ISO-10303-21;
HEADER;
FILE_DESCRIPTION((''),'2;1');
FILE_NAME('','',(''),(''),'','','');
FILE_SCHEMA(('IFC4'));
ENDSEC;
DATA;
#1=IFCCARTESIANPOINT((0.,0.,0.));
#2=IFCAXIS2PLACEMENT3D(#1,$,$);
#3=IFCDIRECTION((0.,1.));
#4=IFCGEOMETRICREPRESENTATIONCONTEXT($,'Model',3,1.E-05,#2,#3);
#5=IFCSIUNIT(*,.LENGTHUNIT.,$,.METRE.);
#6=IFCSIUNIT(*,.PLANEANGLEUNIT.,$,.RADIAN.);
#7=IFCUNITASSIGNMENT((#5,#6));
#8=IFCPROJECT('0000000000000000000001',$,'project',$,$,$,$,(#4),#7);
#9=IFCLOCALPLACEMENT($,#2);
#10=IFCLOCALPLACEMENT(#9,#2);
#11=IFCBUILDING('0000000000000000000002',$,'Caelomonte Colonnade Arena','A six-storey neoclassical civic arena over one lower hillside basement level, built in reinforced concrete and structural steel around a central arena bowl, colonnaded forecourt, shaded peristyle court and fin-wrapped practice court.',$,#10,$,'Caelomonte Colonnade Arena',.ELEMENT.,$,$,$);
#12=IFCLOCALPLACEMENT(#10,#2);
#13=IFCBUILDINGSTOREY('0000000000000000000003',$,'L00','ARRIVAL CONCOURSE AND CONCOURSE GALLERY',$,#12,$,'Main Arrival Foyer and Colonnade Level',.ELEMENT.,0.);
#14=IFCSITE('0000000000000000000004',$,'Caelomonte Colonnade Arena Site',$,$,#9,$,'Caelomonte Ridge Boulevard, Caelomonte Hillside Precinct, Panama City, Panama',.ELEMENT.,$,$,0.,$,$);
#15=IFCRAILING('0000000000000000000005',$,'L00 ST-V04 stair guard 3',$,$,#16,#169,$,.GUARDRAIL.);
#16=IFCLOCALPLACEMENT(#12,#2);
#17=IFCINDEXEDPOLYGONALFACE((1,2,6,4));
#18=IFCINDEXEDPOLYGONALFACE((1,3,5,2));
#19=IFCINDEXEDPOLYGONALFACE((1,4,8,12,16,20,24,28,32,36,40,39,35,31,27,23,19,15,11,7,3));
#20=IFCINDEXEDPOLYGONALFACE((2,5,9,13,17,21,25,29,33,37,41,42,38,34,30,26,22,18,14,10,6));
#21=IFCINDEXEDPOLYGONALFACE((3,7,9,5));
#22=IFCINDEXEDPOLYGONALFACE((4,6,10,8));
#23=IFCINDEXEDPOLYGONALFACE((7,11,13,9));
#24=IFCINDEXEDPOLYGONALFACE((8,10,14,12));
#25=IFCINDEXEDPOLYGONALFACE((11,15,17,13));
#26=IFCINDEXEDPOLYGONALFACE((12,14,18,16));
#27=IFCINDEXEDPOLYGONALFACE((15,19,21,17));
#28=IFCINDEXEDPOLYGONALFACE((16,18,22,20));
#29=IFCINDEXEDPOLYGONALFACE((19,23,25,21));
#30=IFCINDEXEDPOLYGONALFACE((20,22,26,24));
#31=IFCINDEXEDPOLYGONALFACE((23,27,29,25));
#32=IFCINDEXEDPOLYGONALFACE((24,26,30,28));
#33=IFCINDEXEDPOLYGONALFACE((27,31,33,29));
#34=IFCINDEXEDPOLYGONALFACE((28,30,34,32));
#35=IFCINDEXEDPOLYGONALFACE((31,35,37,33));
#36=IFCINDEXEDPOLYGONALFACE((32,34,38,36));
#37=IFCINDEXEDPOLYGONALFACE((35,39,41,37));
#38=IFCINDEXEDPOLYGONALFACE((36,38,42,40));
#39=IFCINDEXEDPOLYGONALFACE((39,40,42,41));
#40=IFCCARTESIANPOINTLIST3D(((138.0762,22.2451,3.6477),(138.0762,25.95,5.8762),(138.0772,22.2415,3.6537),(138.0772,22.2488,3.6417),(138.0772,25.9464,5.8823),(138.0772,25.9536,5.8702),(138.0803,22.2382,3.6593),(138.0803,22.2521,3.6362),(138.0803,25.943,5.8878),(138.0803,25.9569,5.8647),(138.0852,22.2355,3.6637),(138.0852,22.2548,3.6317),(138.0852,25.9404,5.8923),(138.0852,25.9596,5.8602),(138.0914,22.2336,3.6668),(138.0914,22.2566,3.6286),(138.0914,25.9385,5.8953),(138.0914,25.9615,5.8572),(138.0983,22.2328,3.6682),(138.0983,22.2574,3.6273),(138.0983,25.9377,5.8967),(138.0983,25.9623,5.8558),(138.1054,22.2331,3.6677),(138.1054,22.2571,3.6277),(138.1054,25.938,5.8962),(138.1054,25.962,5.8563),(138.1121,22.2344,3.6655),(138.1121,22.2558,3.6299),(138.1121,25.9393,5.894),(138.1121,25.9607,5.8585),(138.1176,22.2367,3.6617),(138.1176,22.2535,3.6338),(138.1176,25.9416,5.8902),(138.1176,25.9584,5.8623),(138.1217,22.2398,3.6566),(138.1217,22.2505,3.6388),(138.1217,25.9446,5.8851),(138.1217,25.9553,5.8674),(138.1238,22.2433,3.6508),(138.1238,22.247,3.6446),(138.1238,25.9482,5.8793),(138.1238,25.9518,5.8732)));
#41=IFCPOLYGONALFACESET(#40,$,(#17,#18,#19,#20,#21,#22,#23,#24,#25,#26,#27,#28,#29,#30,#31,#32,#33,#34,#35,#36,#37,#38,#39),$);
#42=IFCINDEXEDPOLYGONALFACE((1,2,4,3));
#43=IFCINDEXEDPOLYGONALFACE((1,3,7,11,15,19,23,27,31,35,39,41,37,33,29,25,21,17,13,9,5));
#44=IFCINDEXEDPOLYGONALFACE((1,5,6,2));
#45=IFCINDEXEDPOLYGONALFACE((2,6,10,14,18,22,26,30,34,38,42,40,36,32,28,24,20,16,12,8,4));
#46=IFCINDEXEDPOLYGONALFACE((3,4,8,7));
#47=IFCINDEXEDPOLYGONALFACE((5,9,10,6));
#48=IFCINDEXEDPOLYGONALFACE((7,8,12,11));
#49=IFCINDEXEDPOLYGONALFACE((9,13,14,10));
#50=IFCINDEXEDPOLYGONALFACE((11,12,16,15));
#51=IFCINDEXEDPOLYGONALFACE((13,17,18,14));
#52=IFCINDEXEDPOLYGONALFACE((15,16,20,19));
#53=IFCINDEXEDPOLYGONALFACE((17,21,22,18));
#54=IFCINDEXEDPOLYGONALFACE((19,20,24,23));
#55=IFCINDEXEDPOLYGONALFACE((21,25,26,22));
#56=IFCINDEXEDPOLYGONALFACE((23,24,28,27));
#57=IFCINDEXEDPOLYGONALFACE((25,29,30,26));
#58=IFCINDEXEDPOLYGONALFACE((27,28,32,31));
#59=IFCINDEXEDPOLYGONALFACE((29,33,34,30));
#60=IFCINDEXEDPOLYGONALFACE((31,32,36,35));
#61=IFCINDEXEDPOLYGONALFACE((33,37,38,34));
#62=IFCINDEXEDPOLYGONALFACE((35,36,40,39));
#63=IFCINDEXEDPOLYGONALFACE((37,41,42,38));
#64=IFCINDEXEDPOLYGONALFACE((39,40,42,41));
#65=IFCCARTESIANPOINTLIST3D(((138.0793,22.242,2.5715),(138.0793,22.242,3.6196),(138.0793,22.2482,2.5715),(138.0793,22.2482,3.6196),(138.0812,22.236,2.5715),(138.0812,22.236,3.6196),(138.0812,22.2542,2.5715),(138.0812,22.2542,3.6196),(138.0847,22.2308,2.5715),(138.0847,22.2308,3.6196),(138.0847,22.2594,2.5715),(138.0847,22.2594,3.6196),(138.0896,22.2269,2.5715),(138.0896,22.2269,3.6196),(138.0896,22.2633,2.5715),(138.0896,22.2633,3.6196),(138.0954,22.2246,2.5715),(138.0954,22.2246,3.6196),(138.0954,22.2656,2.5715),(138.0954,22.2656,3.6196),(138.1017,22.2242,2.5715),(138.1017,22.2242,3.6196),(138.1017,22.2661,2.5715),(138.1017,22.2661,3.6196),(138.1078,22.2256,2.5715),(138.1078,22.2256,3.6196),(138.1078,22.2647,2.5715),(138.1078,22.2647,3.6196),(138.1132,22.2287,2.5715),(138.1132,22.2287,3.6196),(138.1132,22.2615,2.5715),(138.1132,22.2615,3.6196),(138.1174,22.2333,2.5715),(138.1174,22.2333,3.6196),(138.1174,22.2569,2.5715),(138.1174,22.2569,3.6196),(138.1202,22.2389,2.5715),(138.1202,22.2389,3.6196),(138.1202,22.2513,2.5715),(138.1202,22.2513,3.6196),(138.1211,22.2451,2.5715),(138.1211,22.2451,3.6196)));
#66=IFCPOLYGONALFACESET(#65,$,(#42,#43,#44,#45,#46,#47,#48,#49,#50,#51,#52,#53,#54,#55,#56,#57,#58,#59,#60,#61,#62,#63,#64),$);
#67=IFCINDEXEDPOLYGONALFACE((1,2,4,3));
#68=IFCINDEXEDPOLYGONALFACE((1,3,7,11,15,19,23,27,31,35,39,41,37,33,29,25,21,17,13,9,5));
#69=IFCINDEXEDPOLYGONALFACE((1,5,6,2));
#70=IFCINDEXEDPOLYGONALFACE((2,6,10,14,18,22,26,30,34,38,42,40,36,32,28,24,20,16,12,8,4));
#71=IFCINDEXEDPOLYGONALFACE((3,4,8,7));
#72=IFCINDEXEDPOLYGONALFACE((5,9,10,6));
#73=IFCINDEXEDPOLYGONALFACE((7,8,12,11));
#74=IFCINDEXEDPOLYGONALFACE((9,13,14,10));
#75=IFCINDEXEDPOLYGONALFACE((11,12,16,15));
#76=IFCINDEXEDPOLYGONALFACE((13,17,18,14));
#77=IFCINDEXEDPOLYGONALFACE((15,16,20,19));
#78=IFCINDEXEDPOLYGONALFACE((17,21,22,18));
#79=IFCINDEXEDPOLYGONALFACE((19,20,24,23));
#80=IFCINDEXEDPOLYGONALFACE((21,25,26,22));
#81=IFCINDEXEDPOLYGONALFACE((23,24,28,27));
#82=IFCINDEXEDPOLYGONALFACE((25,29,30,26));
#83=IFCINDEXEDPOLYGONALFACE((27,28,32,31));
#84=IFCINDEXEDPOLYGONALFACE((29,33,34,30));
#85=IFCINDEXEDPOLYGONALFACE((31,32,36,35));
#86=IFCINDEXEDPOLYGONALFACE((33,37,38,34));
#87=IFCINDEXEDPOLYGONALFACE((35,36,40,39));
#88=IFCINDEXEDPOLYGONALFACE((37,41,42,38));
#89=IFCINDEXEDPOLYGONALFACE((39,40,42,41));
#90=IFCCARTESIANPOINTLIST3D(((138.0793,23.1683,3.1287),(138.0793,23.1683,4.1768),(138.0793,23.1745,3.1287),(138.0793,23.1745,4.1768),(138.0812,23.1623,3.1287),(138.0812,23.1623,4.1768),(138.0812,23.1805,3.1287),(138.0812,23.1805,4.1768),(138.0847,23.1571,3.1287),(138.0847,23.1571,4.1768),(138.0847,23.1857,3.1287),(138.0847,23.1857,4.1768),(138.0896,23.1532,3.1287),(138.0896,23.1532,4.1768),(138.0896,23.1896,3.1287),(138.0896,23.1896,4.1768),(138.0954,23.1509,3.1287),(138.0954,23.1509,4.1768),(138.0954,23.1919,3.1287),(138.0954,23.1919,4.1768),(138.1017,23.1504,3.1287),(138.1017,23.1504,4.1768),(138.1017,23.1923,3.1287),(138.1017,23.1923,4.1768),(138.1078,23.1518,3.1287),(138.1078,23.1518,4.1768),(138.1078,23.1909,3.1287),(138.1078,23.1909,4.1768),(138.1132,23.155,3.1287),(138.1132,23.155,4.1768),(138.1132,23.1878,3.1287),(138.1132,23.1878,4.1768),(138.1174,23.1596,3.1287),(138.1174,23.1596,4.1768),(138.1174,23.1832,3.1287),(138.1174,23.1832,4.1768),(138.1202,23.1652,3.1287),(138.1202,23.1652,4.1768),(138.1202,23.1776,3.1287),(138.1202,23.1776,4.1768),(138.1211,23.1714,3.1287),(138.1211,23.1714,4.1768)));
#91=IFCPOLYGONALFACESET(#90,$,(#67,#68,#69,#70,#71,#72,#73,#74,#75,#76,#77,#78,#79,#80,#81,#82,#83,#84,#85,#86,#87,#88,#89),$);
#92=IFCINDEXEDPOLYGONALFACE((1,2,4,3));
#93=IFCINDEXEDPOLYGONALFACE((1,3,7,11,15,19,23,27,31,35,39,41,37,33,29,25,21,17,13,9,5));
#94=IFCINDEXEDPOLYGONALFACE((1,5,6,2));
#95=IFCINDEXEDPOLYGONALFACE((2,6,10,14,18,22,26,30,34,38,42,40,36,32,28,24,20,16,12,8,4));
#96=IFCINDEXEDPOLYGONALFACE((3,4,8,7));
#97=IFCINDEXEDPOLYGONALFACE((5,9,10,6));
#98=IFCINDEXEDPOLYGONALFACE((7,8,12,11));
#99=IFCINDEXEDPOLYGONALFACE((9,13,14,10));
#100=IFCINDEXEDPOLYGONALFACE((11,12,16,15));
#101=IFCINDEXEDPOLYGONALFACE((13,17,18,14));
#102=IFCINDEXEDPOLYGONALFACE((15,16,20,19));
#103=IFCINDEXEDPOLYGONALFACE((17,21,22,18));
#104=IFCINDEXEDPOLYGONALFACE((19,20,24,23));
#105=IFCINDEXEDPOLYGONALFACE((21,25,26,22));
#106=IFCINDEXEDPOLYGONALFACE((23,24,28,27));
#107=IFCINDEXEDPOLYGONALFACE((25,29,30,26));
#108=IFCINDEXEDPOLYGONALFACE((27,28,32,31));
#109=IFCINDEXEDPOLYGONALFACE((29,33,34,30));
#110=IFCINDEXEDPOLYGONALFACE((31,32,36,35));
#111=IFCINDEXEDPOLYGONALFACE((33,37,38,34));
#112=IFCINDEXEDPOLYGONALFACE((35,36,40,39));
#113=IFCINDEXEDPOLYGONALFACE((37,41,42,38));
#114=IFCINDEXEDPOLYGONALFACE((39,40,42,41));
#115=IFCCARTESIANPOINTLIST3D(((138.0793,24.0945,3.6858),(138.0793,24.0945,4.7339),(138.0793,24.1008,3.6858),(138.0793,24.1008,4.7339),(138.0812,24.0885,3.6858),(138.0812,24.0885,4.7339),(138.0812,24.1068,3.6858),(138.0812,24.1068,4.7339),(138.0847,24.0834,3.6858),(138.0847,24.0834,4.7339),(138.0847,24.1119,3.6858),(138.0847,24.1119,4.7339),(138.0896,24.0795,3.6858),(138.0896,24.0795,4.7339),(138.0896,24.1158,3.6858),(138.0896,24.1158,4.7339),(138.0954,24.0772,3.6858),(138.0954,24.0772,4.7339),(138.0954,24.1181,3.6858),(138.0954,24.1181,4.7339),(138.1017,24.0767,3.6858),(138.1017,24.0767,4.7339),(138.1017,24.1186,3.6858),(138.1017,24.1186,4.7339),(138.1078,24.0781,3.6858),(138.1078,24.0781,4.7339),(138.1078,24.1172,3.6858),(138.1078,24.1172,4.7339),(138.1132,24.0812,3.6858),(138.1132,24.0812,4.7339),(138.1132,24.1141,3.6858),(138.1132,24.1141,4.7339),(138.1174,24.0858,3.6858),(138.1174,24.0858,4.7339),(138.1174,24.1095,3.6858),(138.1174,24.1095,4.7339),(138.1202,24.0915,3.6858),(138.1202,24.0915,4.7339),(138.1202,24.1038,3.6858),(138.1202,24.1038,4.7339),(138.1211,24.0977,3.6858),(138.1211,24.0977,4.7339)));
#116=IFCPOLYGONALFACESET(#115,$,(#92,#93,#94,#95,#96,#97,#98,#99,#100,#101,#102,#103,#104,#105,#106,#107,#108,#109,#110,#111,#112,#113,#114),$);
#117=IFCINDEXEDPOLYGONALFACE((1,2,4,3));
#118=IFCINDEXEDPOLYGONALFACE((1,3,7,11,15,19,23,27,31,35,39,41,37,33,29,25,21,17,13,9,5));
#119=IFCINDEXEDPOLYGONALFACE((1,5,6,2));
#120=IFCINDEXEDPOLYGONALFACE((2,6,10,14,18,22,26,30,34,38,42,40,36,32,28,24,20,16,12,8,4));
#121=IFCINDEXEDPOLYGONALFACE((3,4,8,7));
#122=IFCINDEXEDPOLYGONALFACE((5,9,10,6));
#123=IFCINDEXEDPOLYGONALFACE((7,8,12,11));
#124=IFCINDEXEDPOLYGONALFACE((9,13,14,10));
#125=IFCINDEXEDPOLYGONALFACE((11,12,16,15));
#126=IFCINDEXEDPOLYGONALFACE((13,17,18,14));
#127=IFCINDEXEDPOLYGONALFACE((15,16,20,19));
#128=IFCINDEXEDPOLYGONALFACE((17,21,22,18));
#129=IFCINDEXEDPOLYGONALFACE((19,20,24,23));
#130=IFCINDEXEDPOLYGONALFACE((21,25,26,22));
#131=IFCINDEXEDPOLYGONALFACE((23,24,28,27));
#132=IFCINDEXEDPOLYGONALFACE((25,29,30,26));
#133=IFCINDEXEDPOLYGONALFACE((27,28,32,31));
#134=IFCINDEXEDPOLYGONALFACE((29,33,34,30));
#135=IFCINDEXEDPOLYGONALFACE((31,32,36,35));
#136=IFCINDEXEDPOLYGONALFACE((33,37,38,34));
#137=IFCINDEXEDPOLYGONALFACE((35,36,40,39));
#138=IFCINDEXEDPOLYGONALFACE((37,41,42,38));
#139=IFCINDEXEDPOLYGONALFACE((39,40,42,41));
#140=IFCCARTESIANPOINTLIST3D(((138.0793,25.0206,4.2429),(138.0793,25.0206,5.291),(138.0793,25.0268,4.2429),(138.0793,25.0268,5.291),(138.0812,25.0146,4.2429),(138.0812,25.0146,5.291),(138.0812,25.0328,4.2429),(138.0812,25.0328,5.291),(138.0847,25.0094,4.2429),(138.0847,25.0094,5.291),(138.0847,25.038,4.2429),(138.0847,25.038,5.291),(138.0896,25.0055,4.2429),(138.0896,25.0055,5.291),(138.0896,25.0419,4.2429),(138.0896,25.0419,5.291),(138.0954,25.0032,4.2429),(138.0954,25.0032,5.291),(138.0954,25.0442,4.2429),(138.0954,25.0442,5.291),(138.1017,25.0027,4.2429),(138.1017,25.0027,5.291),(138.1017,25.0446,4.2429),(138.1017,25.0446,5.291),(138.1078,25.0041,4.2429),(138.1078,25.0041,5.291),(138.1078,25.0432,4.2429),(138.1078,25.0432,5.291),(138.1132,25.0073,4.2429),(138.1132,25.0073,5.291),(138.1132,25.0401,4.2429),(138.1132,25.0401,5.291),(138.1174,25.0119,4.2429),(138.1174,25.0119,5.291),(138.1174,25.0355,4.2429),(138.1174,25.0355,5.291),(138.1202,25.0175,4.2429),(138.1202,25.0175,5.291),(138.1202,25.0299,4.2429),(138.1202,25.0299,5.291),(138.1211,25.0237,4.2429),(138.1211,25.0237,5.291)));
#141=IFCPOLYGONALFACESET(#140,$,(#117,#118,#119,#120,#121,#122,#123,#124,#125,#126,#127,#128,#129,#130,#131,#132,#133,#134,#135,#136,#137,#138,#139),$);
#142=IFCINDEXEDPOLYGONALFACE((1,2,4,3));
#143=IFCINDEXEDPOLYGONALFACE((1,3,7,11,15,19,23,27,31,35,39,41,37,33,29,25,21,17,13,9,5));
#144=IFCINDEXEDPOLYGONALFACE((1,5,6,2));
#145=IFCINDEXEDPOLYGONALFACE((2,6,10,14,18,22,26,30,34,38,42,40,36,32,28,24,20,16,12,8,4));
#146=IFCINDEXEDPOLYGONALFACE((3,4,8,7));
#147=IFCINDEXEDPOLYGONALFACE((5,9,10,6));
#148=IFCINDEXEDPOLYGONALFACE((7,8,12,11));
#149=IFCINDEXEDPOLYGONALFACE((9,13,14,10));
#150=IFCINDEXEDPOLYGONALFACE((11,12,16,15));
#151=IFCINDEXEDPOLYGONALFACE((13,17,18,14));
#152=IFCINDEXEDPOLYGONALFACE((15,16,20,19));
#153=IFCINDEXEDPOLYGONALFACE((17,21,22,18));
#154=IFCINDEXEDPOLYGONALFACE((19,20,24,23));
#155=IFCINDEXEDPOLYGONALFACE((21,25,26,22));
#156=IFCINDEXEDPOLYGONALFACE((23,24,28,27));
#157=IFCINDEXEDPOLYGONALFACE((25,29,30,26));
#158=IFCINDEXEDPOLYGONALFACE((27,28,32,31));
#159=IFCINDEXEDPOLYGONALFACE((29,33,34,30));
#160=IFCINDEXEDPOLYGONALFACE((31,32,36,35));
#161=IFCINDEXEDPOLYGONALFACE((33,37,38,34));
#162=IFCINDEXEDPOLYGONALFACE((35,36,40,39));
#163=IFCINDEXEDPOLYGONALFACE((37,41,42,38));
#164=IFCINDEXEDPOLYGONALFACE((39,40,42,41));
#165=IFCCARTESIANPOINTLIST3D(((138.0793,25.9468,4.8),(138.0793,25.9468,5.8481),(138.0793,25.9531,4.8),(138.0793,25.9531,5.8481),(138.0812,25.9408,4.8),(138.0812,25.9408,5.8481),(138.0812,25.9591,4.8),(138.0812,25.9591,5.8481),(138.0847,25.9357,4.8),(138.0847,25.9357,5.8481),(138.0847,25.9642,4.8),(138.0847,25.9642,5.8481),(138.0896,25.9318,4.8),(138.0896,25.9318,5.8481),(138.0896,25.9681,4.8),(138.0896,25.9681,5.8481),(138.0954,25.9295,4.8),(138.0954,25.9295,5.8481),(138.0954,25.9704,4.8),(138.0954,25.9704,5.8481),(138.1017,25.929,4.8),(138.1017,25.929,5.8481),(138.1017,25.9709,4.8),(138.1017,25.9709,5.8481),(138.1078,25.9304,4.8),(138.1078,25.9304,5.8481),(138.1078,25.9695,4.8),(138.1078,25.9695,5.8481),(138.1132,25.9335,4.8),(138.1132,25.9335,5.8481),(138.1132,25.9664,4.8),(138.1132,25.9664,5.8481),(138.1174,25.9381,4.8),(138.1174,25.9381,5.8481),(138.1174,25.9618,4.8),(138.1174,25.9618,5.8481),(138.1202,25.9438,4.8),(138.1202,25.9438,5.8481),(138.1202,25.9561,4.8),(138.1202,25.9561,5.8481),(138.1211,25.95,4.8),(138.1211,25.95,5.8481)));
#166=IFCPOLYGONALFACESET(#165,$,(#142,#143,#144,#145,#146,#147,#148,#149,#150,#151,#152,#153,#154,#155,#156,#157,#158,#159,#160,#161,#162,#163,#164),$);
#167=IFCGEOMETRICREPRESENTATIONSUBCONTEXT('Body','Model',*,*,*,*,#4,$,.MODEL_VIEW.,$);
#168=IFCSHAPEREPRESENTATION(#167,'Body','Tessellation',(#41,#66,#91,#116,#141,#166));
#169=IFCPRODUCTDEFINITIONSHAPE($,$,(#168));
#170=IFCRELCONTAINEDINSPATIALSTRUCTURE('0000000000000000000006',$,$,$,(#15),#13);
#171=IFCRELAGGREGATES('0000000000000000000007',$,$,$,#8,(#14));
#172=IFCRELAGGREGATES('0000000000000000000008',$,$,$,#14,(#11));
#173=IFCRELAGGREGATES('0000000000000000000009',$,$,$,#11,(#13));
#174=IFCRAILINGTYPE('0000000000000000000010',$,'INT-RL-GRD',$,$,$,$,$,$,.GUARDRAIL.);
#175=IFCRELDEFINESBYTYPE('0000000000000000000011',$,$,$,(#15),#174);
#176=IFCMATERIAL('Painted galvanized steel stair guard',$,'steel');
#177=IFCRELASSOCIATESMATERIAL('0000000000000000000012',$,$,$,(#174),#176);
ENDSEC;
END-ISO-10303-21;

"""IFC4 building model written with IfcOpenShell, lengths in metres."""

from ifc_helpers import new_model, si_unit, direction, frame, origin, origin_2d, place, context, subcontext, project, spatial, circle, extrude, material, type_object, element, save


model = new_model("IFC4")

# Units and contexts
model_context = context("Model", 3, precision=1e-05, world=origin(), true_north=direction((0.0, 1.0)))
body_context = subcontext(model_context, "Body", "Model", "MODEL_VIEW")
ifc_project = project(units=[si_unit("LENGTHUNIT", "METRE"), si_unit("PLANEANGLEUNIT", "RADIAN")], contexts=[model_context])

# Site, building, storey
site_placement = place(None, origin())
site = spatial("IfcSite", under=ifc_project, at=site_placement, Name="Caelomonte Colonnade Arena Site", LongName="Caelomonte Ridge Boulevard, Caelomonte Hillside Precinct, Panama City, Panama", CompositionType="ELEMENT", RefElevation=0.0)
building_placement = place(site_placement, origin())
building = spatial("IfcBuilding", under=site, at=building_placement, Name="Caelomonte Colonnade Arena", Description="A six-storey neoclassical civic arena over one lower hillside basement level, built in reinforced concrete and structural steel around a central arena bowl, colonnaded forecourt, shaded peristyle court and fin-wrapped practice court.", LongName="Caelomonte Colonnade Arena", CompositionType="ELEMENT")
storey_placement = place(building_placement, origin())
storey = spatial("IfcBuildingStorey", under=building, at=storey_placement, Name="L00", Description="ARRIVAL CONCOURSE AND CONCOURSE GALLERY", LongName="Main Arrival Foyer and Colonnade Level", CompositionType="ELEMENT", Elevation=0.0)

# Railing
ifc_material_1 = material(Name="Painted galvanized steel stair guard", Category="steel")
railing_type_1 = type_object("IfcRailingType", Name="INT-RL-GRD", PredefinedType="GUARDRAIL", material=ifc_material_1)
railing_1_placement = place(storey_placement, frame((138.1001, 22.2451, 2.5715)))
element("IfcRailing", 1, at=railing_1_placement, inside=storey, type_object=railing_type_1, Name="L00 ST-V04 stair guard 3", PredefinedType="GUARDRAIL", context=body_context, shape_type="SweptSolid", body=[
    extrude(circle(Radius=0.0239, at=origin_2d()), frame((0.0, 0.0, 1.0762), z_axis=(0.0, 0.856919, 0.51545), x_axis=(-1.0, 0.0, 0.0)), (0.0, 0.0, 1.0), 4.3235),
    extrude(circle(Radius=0.021, at=origin_2d()), origin(), (0.0, 0.0, 1.0), 1.0481),
    extrude(circle(Radius=0.021, at=origin_2d()), frame((0.0, 0.9263, 0.5571)), (0.0, 0.0, 1.0), 1.0481),
    extrude(circle(Radius=0.021, at=origin_2d()), frame((0.0, 1.8525, 1.1143)), (0.0, 0.0, 1.0), 1.0481),
    extrude(circle(Radius=0.021, at=origin_2d()), frame((0.0, 2.7786, 1.6714)), (0.0, 0.0, 1.0), 1.0481),
    extrude(circle(Radius=0.021, at=origin_2d()), frame((0.0, 3.7048, 2.2285)), (0.0, 0.0, 1.0), 1.0481),
])

save(model, "model.ifc")
